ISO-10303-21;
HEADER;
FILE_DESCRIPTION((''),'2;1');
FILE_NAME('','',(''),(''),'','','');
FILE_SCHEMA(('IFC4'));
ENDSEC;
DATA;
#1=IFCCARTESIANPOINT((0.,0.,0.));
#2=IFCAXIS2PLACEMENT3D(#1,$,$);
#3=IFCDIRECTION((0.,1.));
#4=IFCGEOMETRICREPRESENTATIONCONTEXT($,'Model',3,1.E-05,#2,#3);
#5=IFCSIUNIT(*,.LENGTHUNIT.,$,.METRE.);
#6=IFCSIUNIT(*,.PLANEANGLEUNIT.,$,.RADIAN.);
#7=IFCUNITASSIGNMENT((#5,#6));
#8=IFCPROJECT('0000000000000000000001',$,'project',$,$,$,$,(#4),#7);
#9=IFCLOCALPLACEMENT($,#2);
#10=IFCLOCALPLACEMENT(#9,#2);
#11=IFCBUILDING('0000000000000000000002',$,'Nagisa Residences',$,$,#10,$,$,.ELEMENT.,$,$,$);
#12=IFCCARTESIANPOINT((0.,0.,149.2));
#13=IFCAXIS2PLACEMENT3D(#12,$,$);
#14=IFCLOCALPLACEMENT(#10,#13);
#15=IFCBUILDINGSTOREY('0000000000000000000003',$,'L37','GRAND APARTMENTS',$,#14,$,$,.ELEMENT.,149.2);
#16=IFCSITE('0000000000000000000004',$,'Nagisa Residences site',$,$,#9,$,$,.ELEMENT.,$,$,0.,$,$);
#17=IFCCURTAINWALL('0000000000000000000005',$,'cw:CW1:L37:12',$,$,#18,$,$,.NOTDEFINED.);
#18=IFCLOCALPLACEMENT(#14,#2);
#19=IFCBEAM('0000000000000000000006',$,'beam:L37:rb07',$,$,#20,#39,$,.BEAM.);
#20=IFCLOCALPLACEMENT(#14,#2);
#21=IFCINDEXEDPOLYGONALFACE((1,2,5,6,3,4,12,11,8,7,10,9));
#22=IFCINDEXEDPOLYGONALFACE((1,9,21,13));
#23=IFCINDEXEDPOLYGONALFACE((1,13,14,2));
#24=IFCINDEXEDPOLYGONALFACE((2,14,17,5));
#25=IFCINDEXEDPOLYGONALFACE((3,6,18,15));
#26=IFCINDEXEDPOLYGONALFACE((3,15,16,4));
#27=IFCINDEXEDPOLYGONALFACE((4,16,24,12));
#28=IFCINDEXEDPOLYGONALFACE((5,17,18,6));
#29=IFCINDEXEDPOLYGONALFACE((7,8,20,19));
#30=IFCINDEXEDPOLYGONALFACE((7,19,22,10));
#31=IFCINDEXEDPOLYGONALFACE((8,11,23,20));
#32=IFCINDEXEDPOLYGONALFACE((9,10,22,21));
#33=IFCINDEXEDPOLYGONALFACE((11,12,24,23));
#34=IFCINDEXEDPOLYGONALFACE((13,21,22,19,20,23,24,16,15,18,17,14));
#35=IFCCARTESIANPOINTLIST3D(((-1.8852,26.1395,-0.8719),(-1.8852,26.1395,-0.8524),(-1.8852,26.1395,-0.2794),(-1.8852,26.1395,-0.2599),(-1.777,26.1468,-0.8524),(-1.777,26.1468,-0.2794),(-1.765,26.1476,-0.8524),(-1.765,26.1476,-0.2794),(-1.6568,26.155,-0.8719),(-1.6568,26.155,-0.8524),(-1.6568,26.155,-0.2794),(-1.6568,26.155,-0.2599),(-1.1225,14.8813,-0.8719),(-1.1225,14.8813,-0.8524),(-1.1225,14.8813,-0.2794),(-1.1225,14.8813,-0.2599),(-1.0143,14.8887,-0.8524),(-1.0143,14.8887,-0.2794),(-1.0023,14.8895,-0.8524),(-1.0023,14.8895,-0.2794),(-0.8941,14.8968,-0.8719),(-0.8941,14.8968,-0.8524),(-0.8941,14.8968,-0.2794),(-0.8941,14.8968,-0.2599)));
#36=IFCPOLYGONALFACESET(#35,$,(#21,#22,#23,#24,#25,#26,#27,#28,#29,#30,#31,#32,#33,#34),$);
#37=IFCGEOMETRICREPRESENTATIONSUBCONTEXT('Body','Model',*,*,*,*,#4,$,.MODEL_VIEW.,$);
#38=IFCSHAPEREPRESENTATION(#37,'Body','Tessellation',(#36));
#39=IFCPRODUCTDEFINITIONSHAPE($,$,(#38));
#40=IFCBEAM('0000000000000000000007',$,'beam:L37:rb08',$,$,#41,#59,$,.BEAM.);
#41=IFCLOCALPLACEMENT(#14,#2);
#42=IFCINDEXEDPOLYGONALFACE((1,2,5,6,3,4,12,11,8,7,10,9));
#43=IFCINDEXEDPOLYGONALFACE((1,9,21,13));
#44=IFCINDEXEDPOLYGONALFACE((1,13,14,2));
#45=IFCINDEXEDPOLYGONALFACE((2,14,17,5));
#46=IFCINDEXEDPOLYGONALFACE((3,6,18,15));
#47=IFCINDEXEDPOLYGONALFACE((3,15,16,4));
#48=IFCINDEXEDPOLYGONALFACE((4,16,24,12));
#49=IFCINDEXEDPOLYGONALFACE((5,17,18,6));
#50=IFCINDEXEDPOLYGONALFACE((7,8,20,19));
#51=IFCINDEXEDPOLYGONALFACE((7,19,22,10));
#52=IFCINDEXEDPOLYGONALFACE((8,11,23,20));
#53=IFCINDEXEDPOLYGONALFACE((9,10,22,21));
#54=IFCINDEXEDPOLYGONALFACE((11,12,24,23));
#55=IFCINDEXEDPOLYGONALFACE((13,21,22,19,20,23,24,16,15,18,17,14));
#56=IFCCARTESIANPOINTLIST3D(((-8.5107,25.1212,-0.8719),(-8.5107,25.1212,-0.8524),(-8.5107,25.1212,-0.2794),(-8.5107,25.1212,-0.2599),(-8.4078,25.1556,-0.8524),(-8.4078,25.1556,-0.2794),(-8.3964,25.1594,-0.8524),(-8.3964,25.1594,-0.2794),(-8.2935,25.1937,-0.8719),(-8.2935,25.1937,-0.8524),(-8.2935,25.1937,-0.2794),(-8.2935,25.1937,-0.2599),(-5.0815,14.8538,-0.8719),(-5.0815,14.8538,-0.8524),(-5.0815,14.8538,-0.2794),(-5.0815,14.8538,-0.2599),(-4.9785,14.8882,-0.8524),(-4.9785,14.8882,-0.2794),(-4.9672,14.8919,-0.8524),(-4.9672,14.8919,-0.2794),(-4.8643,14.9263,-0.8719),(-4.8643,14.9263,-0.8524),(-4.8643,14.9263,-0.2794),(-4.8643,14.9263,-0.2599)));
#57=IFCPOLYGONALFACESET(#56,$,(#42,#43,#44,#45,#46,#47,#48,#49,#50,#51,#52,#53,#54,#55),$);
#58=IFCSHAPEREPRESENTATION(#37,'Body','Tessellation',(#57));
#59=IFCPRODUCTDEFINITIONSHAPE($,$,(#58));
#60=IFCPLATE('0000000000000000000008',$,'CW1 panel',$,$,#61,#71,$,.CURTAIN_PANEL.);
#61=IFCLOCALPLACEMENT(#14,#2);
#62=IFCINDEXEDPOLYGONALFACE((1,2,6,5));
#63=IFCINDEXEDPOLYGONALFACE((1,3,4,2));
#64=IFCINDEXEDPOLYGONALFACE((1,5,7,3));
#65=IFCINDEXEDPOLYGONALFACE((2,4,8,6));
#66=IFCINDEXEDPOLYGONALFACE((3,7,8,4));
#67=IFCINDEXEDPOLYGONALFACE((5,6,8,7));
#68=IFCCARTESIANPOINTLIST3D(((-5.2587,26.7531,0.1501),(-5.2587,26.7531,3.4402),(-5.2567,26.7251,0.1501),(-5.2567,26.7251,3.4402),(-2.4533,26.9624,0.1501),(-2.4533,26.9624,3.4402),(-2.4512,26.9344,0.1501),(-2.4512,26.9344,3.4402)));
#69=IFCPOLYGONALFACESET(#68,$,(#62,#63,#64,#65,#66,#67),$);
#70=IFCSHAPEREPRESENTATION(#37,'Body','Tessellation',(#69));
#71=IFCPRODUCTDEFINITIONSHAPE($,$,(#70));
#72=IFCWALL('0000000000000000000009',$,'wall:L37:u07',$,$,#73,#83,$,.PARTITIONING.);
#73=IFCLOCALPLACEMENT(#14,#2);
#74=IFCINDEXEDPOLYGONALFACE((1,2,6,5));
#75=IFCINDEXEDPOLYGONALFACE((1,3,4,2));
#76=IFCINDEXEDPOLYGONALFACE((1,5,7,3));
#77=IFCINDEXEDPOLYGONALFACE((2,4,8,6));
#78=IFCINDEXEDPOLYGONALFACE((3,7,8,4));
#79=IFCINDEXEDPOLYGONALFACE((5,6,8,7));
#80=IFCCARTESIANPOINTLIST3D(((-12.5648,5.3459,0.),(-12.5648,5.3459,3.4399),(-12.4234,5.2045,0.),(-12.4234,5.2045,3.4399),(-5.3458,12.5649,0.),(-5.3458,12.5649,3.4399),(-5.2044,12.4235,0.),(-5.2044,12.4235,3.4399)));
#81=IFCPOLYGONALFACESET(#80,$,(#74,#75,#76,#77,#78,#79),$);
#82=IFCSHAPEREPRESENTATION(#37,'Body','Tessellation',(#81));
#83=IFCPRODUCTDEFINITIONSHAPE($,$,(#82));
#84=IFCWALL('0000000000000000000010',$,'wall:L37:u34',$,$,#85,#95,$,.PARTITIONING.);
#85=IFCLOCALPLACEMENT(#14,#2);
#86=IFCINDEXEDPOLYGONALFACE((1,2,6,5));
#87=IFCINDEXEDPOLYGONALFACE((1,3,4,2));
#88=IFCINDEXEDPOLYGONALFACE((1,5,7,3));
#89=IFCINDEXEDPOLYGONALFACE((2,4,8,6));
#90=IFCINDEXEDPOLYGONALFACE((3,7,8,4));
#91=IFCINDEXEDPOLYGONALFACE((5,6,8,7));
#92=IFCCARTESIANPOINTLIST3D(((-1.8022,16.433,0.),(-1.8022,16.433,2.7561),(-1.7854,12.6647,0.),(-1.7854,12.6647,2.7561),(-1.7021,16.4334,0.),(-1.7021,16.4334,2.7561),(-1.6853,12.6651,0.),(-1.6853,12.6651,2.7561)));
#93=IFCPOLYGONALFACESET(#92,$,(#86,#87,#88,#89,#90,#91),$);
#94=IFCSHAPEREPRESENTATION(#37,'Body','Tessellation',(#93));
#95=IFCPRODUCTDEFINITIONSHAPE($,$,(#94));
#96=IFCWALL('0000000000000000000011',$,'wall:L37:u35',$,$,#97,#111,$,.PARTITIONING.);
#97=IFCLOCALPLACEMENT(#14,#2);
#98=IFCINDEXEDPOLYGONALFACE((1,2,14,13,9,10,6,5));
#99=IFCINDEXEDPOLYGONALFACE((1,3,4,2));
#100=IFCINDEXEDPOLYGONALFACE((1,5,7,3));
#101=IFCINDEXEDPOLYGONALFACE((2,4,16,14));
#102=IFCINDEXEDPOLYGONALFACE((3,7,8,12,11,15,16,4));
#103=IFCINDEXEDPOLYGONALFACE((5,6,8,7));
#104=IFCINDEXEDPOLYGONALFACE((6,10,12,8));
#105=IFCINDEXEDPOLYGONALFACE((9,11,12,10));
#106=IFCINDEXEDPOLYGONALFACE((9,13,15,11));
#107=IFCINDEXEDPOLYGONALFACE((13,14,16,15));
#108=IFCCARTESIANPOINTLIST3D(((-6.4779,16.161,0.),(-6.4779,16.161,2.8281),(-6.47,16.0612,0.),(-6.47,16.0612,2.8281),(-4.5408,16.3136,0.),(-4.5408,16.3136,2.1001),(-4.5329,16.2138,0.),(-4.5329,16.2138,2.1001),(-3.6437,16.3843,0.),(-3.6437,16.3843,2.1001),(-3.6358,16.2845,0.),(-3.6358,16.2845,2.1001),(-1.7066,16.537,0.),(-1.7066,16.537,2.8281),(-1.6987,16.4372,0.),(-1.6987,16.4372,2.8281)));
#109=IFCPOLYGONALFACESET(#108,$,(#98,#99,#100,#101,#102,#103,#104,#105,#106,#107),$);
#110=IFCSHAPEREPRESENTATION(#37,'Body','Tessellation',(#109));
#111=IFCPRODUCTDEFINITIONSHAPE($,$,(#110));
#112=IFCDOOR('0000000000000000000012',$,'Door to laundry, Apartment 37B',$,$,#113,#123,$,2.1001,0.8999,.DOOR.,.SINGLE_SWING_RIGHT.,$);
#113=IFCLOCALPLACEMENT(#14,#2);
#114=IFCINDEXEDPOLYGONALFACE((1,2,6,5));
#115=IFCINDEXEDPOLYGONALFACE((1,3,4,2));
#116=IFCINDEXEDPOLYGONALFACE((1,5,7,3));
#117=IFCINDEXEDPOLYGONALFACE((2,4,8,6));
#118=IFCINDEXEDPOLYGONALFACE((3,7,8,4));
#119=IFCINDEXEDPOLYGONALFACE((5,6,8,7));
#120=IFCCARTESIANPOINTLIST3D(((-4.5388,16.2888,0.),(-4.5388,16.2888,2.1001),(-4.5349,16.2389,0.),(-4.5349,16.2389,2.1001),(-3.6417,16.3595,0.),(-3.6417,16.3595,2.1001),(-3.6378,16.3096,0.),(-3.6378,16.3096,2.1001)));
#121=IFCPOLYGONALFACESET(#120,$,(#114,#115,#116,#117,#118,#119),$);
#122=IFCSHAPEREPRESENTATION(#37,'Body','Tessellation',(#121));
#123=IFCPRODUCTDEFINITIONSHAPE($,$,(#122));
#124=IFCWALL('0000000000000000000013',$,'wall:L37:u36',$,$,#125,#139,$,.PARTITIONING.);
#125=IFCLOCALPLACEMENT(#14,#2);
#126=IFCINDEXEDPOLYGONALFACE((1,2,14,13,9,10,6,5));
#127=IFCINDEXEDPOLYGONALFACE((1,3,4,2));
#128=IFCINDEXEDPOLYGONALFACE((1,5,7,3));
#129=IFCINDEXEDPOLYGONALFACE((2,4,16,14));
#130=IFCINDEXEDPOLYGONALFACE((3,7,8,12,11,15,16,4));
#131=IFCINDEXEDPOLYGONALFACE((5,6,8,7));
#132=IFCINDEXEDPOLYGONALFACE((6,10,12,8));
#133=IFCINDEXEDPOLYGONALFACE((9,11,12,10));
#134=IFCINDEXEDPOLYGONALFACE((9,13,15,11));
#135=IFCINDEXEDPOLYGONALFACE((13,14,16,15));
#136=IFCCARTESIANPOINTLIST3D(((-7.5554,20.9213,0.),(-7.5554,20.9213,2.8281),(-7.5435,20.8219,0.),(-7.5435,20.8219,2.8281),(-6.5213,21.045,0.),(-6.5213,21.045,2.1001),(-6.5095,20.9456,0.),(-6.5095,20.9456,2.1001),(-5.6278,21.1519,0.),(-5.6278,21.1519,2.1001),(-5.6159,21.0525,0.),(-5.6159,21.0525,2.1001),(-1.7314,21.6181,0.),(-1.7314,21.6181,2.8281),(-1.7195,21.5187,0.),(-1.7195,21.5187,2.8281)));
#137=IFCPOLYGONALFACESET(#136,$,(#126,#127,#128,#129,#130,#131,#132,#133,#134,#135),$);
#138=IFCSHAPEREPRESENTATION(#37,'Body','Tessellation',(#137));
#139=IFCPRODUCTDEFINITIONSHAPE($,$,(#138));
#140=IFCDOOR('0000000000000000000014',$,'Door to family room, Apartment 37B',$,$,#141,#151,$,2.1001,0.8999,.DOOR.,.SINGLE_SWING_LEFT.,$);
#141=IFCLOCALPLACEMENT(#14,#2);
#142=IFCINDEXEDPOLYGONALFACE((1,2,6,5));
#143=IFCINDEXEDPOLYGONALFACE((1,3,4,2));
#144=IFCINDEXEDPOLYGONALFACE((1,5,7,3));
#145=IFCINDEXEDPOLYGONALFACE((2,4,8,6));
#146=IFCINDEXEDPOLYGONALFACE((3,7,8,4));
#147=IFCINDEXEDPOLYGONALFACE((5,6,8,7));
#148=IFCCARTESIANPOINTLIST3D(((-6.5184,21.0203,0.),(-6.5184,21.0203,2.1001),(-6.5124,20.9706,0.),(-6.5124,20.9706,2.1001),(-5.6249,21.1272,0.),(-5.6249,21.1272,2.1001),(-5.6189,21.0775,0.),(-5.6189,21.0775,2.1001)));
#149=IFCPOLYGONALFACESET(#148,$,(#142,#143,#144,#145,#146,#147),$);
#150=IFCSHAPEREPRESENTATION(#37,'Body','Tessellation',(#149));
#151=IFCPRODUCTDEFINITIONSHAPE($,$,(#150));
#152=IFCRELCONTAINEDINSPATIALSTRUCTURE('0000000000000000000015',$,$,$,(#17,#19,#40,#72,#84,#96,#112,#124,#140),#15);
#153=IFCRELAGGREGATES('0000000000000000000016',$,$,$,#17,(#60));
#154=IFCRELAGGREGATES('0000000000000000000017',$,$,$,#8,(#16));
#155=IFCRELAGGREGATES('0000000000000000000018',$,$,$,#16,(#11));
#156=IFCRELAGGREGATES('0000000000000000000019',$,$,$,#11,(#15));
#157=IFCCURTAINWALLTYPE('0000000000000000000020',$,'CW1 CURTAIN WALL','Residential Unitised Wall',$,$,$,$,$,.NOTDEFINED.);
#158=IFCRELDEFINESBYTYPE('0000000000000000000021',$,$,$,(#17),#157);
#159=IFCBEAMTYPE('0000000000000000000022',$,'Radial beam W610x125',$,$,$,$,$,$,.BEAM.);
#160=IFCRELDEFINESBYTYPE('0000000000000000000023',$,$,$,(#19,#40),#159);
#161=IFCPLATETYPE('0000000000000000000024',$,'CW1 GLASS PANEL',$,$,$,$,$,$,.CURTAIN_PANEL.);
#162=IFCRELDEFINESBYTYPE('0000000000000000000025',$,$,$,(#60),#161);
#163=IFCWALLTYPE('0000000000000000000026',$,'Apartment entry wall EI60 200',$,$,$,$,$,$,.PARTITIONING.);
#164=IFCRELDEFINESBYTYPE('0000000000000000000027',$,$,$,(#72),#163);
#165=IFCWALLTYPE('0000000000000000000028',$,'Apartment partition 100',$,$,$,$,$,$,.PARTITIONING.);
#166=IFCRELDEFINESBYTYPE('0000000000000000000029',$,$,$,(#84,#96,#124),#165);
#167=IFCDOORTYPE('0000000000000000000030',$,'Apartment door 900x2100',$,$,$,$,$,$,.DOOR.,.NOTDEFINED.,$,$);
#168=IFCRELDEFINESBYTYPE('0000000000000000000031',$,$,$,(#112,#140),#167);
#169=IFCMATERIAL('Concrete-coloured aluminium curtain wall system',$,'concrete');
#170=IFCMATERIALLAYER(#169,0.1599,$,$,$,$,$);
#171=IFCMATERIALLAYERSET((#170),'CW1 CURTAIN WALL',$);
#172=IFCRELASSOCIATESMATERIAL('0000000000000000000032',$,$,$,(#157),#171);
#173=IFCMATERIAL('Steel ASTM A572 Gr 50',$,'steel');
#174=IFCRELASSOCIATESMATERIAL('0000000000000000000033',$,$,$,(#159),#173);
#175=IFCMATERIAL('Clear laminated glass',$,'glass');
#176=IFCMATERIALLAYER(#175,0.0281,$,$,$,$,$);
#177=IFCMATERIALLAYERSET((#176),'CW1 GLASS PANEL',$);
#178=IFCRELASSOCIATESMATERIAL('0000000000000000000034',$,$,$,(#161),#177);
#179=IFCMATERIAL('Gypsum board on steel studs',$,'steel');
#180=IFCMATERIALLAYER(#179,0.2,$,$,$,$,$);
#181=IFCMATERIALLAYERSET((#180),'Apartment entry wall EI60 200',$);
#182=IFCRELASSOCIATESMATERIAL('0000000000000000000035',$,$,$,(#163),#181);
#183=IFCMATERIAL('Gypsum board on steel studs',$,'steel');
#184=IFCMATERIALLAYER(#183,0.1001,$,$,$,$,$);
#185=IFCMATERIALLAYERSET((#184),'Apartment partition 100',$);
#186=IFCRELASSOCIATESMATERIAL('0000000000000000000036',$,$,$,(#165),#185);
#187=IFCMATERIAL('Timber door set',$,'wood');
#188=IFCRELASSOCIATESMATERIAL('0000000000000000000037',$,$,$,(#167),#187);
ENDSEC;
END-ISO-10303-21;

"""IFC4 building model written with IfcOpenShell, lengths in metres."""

from ifc_helpers import new_model, si_unit, direction, frame, frame_2d, origin, origin_2d, place, context, subcontext, project, spatial, rectangle, i_section, extrude, material, layer, layer_set, material_profile, profile_set, type_object, element, fill, aggregate, save


model = new_model("IFC4")

# Units and contexts
model_context = context("Model", 3, precision=1e-05, world=origin(), true_north=direction((0.0, 1.0)))
body_context = subcontext(model_context, "Body", "Model", "MODEL_VIEW")
ifc_project = project(units=[si_unit("LENGTHUNIT", "METRE"), si_unit("PLANEANGLEUNIT", "RADIAN")], contexts=[model_context])

# Site, building, storey
site_placement = place(None, origin())
site = spatial("IfcSite", under=ifc_project, at=site_placement, Name="Nagisa Residences site", CompositionType="ELEMENT", RefElevation=0.0)
building_placement = place(site_placement, origin())
building = spatial("IfcBuilding", under=site, at=building_placement, Name="Nagisa Residences", CompositionType="ELEMENT")
storey_placement = place(building_placement, frame((0.0, 0.0, 149.2)))
storey = spatial("IfcBuildingStorey", under=building, at=storey_placement, Name="L37", Description="GRAND APARTMENTS", CompositionType="ELEMENT", Elevation=149.2)

# Curtain wall
ifc_material_1 = material(Name="Concrete-coloured aluminium curtain wall system", Category="concrete")
ifc_layer_1 = layer(ifc_material_1, 0.1599)
ifc_layer_set_1 = layer_set([ifc_layer_1], Name="CW1 CURTAIN WALL")
curtain_wall_type = type_object("IfcCurtainWallType", Name="CW1 CURTAIN WALL", Description="Residential Unitised Wall", PredefinedType="NOTDEFINED", material=ifc_layer_set_1)
curtain_wall_1_placement = place(storey_placement, origin())
curtain_wall_1 = element("IfcCurtainWall", 1, at=curtain_wall_1_placement, inside=storey, type_object=curtain_wall_type, Name="cw:CW1:L37:12", PredefinedType="NOTDEFINED")

# Beams
ifc_material_2 = material(Name="Steel ASTM A572 Gr 50", Category="steel")
ifc_material_profile_1 = material_profile(ifc_material_2, i_section(OverallWidth=0.229, OverallDepth=0.6121, WebThickness=0.012, FlangeThickness=0.0195, at=origin_2d()), Name="W610x125")
ifc_profile_set_1 = profile_set([ifc_material_profile_1], Name="Steel ASTM A572 Gr 50")
beam_type_1 = type_object("IfcBeamType", Name="Radial beam W610x125", PredefinedType="BEAM", material=ifc_profile_set_1)
beam_1_placement = place(storey_placement, frame((-1.771, 26.1472, -0.5659), z_axis=(0.067592, -0.997713, 0.0), x_axis=(0.997713, 0.067592, 0.0)))
element("IfcBeam", 2, at=beam_1_placement, inside=storey, type_object=beam_type_1, Name="beam:L37:rb07", PredefinedType="BEAM", context=body_context, shape_type="SweptSolid", body=[
    extrude(i_section(OverallWidth=0.229, OverallDepth=0.6121, WebThickness=0.012, FlangeThickness=0.0195, at=origin_2d()), origin(), (0.0, 0.0, 1.0), 11.2839),
])
beam_2_placement = place(storey_placement, frame((-8.4021, 25.1575, -0.5659), z_axis=(0.316789, -0.948496, 0.0), x_axis=(0.948496, 0.316789, 0.0)))
element("IfcBeam", 3, at=beam_2_placement, inside=storey, type_object=beam_type_1, Name="beam:L37:rb08", PredefinedType="BEAM", context=body_context, shape_type="SweptSolid", body=[
    extrude(i_section(OverallWidth=0.229, OverallDepth=0.6121, WebThickness=0.012, FlangeThickness=0.0195, at=origin_2d()), origin(), (0.0, 0.0, 1.0), 10.825),
])

# Plate
ifc_material_3 = material(Name="Clear laminated glass", Category="glass")
ifc_layer_2 = layer(ifc_material_3, 0.0281)
ifc_layer_set_2 = layer_set([ifc_layer_2], Name="CW1 GLASS PANEL")
plate_type = type_object("IfcPlateType", Name="CW1 GLASS PANEL", PredefinedType="CURTAIN_PANEL", material=ifc_layer_set_2)
plate_placement = place(storey_placement, frame((-3.855, 26.8438, 0.1501), z_axis=(0.0, 0.0, 1.0), x_axis=(-0.99723, -0.074377, 0.0)))
plate = element("IfcPlate", 4, at=plate_placement, type_object=plate_type, Name="CW1 panel", PredefinedType="CURTAIN_PANEL", context=body_context, shape_type="SweptSolid", body=[
    extrude(rectangle(XDim=2.8132, YDim=0.0281, at=origin_2d()), origin(), (0.0, 0.0, 1.0), 3.29),
])
aggregate(curtain_wall_1, [plate])

# Walls
ifc_material_4 = material(Name="Gypsum board on steel studs", Category="steel")
ifc_layer_3 = layer(ifc_material_4, 0.2)
ifc_layer_set_3 = layer_set([ifc_layer_3], Name="Apartment entry wall EI60 200")
wall_type_1 = type_object("IfcWallType", Name="Apartment entry wall EI60 200", PredefinedType="PARTITIONING", material=ifc_layer_set_3)
wall_1_placement = place(storey_placement, frame((-5.2751, 12.4941, 0.0), z_axis=(0.0, 0.0, 1.0), x_axis=(-0.707107, -0.707107, 0.0)))
element("IfcWall", 5, at=wall_1_placement, inside=storey, type_object=wall_type_1, Name="wall:L37:u07", PredefinedType="PARTITIONING", context=body_context, shape_type="SweptSolid", body=[
    extrude(rectangle(XDim=10.2092, YDim=0.2, at=frame_2d((5.1045, 0.0))), origin(), (0.0, 0.0, 1.0), 3.4399),
])
ifc_material_5 = material(Name="Gypsum board on steel studs", Category="steel")
ifc_layer_4 = layer(ifc_material_5, 0.1001)
ifc_layer_set_4 = layer_set([ifc_layer_4], Name="Apartment partition 100")
wall_type_2 = type_object("IfcWallType", Name="Apartment partition 100", PredefinedType="PARTITIONING", material=ifc_layer_set_4)
wall_2_placement = place(storey_placement, frame((-1.7354, 12.6648, 0.0), z_axis=(0.0, 0.0, 1.0), x_axis=(-0.00447, 0.99999, 0.0)))
element("IfcWall", 6, at=wall_2_placement, inside=storey, type_object=wall_type_2, Name="wall:L37:u34", PredefinedType="PARTITIONING", context=body_context, shape_type="SweptSolid", body=[
    extrude(rectangle(XDim=3.7683, YDim=0.1001, at=frame_2d((1.8843, 0.0))), origin(), (0.0, 0.0, 1.0), 2.7561),
])

# Walls, openings, doors
wall_3_placement = place(storey_placement, frame((-1.7026, 16.4871, 0.0), z_axis=(0.0, 0.0, 1.0), x_axis=(-0.99691, -0.078557, 0.0)))
wall_3 = element("IfcWall", 7, at=wall_3_placement, inside=storey, type_object=wall_type_2, Name="wall:L37:u35", PredefinedType="PARTITIONING", context=body_context, shape_type="SweptSolid", body=[
    extrude(rectangle(XDim=4.7861, YDim=0.1001, at=frame_2d((2.3931, 0.0))), origin(), (0.0, 0.0, 1.0), 2.8281),
])
opening_1_placement = place(wall_3_placement, frame((1.9431, 0.0, 0.0)))
opening_1 = element("IfcOpeningElement", 8, at=opening_1_placement, cuts=wall_3, PredefinedType="OPENING", context=body_context, shape_type="SweptSolid", body=[
    extrude(rectangle(XDim=0.8999, YDim=2.1001, at=frame_2d((0.45, 1.05))), frame((0.0, 0.0601, 0.0), z_axis=(0.0, -1.0, 0.0), x_axis=(1.0, 0.0, 0.0)), (0.0, 0.0, 1.0), 0.1201),
])
ifc_material_6 = material(Name="Timber door set", Category="wood")
door_type_1 = type_object("IfcDoorType", Name="Apartment door 900x2100", OperationType="NOTDEFINED", PredefinedType="DOOR", material=ifc_material_6)
door_1_placement = place(opening_1_placement, origin())
door_1 = element("IfcDoor", 9, at=door_1_placement, inside=storey, type_object=door_type_1, Name="Door to laundry, Apartment 37B", OperationType="SINGLE_SWING_RIGHT", OverallHeight=2.1001, OverallWidth=0.8999, PredefinedType="DOOR", context=body_context, shape_type="SweptSolid", body=[
    extrude(rectangle(XDim=0.8999, YDim=2.1001, at=frame_2d((0.45, 1.05))), frame((0.0, 0.0249, 0.0), z_axis=(0.0, -1.0, 0.0), x_axis=(1.0, 0.0, 0.0)), (0.0, 0.0, 1.0), 0.05),
])
fill(opening_1, door_1)
wall_4_placement = place(storey_placement, frame((-1.7256, 21.5684, 0.0), z_axis=(0.0, 0.0, 1.0), x_axis=(-0.992919, -0.118792, 0.0)))
wall_4 = element("IfcWall", 10, at=wall_4_placement, inside=storey, type_object=wall_type_2, Name="wall:L37:u36", PredefinedType="PARTITIONING", context=body_context, shape_type="SweptSolid", body=[
    extrude(rectangle(XDim=5.8655, YDim=0.1001, at=frame_2d((2.9326, 0.0))), origin(), (0.0, 0.0, 1.0), 2.8281),
])
opening_2_placement = place(wall_4_placement, frame((3.9241, 0.0, 0.0)))
opening_2 = element("IfcOpeningElement", 11, at=opening_2_placement, cuts=wall_4, PredefinedType="OPENING", context=body_context, shape_type="SweptSolid", body=[
    extrude(rectangle(XDim=0.8999, YDim=2.1001, at=frame_2d((0.45, 1.05))), frame((0.0, 0.0601, 0.0), z_axis=(0.0, -1.0, 0.0), x_axis=(1.0, 0.0, 0.0)), (0.0, 0.0, 1.0), 0.1201),
])
door_2_placement = place(opening_2_placement, origin())
door_2 = element("IfcDoor", 12, at=door_2_placement, inside=storey, type_object=door_type_1, Name="Door to family room, Apartment 37B", OperationType="SINGLE_SWING_LEFT", OverallHeight=2.1001, OverallWidth=0.8999, PredefinedType="DOOR", context=body_context, shape_type="SweptSolid", body=[
    extrude(rectangle(XDim=0.8999, YDim=2.1001, at=frame_2d((0.45, 1.05))), frame((0.0, 0.0249, 0.0), z_axis=(0.0, -1.0, 0.0), x_axis=(1.0, 0.0, 0.0)), (0.0, 0.0, 1.0), 0.05),
])
fill(opening_2, door_2)

save(model, "model.ifc")
